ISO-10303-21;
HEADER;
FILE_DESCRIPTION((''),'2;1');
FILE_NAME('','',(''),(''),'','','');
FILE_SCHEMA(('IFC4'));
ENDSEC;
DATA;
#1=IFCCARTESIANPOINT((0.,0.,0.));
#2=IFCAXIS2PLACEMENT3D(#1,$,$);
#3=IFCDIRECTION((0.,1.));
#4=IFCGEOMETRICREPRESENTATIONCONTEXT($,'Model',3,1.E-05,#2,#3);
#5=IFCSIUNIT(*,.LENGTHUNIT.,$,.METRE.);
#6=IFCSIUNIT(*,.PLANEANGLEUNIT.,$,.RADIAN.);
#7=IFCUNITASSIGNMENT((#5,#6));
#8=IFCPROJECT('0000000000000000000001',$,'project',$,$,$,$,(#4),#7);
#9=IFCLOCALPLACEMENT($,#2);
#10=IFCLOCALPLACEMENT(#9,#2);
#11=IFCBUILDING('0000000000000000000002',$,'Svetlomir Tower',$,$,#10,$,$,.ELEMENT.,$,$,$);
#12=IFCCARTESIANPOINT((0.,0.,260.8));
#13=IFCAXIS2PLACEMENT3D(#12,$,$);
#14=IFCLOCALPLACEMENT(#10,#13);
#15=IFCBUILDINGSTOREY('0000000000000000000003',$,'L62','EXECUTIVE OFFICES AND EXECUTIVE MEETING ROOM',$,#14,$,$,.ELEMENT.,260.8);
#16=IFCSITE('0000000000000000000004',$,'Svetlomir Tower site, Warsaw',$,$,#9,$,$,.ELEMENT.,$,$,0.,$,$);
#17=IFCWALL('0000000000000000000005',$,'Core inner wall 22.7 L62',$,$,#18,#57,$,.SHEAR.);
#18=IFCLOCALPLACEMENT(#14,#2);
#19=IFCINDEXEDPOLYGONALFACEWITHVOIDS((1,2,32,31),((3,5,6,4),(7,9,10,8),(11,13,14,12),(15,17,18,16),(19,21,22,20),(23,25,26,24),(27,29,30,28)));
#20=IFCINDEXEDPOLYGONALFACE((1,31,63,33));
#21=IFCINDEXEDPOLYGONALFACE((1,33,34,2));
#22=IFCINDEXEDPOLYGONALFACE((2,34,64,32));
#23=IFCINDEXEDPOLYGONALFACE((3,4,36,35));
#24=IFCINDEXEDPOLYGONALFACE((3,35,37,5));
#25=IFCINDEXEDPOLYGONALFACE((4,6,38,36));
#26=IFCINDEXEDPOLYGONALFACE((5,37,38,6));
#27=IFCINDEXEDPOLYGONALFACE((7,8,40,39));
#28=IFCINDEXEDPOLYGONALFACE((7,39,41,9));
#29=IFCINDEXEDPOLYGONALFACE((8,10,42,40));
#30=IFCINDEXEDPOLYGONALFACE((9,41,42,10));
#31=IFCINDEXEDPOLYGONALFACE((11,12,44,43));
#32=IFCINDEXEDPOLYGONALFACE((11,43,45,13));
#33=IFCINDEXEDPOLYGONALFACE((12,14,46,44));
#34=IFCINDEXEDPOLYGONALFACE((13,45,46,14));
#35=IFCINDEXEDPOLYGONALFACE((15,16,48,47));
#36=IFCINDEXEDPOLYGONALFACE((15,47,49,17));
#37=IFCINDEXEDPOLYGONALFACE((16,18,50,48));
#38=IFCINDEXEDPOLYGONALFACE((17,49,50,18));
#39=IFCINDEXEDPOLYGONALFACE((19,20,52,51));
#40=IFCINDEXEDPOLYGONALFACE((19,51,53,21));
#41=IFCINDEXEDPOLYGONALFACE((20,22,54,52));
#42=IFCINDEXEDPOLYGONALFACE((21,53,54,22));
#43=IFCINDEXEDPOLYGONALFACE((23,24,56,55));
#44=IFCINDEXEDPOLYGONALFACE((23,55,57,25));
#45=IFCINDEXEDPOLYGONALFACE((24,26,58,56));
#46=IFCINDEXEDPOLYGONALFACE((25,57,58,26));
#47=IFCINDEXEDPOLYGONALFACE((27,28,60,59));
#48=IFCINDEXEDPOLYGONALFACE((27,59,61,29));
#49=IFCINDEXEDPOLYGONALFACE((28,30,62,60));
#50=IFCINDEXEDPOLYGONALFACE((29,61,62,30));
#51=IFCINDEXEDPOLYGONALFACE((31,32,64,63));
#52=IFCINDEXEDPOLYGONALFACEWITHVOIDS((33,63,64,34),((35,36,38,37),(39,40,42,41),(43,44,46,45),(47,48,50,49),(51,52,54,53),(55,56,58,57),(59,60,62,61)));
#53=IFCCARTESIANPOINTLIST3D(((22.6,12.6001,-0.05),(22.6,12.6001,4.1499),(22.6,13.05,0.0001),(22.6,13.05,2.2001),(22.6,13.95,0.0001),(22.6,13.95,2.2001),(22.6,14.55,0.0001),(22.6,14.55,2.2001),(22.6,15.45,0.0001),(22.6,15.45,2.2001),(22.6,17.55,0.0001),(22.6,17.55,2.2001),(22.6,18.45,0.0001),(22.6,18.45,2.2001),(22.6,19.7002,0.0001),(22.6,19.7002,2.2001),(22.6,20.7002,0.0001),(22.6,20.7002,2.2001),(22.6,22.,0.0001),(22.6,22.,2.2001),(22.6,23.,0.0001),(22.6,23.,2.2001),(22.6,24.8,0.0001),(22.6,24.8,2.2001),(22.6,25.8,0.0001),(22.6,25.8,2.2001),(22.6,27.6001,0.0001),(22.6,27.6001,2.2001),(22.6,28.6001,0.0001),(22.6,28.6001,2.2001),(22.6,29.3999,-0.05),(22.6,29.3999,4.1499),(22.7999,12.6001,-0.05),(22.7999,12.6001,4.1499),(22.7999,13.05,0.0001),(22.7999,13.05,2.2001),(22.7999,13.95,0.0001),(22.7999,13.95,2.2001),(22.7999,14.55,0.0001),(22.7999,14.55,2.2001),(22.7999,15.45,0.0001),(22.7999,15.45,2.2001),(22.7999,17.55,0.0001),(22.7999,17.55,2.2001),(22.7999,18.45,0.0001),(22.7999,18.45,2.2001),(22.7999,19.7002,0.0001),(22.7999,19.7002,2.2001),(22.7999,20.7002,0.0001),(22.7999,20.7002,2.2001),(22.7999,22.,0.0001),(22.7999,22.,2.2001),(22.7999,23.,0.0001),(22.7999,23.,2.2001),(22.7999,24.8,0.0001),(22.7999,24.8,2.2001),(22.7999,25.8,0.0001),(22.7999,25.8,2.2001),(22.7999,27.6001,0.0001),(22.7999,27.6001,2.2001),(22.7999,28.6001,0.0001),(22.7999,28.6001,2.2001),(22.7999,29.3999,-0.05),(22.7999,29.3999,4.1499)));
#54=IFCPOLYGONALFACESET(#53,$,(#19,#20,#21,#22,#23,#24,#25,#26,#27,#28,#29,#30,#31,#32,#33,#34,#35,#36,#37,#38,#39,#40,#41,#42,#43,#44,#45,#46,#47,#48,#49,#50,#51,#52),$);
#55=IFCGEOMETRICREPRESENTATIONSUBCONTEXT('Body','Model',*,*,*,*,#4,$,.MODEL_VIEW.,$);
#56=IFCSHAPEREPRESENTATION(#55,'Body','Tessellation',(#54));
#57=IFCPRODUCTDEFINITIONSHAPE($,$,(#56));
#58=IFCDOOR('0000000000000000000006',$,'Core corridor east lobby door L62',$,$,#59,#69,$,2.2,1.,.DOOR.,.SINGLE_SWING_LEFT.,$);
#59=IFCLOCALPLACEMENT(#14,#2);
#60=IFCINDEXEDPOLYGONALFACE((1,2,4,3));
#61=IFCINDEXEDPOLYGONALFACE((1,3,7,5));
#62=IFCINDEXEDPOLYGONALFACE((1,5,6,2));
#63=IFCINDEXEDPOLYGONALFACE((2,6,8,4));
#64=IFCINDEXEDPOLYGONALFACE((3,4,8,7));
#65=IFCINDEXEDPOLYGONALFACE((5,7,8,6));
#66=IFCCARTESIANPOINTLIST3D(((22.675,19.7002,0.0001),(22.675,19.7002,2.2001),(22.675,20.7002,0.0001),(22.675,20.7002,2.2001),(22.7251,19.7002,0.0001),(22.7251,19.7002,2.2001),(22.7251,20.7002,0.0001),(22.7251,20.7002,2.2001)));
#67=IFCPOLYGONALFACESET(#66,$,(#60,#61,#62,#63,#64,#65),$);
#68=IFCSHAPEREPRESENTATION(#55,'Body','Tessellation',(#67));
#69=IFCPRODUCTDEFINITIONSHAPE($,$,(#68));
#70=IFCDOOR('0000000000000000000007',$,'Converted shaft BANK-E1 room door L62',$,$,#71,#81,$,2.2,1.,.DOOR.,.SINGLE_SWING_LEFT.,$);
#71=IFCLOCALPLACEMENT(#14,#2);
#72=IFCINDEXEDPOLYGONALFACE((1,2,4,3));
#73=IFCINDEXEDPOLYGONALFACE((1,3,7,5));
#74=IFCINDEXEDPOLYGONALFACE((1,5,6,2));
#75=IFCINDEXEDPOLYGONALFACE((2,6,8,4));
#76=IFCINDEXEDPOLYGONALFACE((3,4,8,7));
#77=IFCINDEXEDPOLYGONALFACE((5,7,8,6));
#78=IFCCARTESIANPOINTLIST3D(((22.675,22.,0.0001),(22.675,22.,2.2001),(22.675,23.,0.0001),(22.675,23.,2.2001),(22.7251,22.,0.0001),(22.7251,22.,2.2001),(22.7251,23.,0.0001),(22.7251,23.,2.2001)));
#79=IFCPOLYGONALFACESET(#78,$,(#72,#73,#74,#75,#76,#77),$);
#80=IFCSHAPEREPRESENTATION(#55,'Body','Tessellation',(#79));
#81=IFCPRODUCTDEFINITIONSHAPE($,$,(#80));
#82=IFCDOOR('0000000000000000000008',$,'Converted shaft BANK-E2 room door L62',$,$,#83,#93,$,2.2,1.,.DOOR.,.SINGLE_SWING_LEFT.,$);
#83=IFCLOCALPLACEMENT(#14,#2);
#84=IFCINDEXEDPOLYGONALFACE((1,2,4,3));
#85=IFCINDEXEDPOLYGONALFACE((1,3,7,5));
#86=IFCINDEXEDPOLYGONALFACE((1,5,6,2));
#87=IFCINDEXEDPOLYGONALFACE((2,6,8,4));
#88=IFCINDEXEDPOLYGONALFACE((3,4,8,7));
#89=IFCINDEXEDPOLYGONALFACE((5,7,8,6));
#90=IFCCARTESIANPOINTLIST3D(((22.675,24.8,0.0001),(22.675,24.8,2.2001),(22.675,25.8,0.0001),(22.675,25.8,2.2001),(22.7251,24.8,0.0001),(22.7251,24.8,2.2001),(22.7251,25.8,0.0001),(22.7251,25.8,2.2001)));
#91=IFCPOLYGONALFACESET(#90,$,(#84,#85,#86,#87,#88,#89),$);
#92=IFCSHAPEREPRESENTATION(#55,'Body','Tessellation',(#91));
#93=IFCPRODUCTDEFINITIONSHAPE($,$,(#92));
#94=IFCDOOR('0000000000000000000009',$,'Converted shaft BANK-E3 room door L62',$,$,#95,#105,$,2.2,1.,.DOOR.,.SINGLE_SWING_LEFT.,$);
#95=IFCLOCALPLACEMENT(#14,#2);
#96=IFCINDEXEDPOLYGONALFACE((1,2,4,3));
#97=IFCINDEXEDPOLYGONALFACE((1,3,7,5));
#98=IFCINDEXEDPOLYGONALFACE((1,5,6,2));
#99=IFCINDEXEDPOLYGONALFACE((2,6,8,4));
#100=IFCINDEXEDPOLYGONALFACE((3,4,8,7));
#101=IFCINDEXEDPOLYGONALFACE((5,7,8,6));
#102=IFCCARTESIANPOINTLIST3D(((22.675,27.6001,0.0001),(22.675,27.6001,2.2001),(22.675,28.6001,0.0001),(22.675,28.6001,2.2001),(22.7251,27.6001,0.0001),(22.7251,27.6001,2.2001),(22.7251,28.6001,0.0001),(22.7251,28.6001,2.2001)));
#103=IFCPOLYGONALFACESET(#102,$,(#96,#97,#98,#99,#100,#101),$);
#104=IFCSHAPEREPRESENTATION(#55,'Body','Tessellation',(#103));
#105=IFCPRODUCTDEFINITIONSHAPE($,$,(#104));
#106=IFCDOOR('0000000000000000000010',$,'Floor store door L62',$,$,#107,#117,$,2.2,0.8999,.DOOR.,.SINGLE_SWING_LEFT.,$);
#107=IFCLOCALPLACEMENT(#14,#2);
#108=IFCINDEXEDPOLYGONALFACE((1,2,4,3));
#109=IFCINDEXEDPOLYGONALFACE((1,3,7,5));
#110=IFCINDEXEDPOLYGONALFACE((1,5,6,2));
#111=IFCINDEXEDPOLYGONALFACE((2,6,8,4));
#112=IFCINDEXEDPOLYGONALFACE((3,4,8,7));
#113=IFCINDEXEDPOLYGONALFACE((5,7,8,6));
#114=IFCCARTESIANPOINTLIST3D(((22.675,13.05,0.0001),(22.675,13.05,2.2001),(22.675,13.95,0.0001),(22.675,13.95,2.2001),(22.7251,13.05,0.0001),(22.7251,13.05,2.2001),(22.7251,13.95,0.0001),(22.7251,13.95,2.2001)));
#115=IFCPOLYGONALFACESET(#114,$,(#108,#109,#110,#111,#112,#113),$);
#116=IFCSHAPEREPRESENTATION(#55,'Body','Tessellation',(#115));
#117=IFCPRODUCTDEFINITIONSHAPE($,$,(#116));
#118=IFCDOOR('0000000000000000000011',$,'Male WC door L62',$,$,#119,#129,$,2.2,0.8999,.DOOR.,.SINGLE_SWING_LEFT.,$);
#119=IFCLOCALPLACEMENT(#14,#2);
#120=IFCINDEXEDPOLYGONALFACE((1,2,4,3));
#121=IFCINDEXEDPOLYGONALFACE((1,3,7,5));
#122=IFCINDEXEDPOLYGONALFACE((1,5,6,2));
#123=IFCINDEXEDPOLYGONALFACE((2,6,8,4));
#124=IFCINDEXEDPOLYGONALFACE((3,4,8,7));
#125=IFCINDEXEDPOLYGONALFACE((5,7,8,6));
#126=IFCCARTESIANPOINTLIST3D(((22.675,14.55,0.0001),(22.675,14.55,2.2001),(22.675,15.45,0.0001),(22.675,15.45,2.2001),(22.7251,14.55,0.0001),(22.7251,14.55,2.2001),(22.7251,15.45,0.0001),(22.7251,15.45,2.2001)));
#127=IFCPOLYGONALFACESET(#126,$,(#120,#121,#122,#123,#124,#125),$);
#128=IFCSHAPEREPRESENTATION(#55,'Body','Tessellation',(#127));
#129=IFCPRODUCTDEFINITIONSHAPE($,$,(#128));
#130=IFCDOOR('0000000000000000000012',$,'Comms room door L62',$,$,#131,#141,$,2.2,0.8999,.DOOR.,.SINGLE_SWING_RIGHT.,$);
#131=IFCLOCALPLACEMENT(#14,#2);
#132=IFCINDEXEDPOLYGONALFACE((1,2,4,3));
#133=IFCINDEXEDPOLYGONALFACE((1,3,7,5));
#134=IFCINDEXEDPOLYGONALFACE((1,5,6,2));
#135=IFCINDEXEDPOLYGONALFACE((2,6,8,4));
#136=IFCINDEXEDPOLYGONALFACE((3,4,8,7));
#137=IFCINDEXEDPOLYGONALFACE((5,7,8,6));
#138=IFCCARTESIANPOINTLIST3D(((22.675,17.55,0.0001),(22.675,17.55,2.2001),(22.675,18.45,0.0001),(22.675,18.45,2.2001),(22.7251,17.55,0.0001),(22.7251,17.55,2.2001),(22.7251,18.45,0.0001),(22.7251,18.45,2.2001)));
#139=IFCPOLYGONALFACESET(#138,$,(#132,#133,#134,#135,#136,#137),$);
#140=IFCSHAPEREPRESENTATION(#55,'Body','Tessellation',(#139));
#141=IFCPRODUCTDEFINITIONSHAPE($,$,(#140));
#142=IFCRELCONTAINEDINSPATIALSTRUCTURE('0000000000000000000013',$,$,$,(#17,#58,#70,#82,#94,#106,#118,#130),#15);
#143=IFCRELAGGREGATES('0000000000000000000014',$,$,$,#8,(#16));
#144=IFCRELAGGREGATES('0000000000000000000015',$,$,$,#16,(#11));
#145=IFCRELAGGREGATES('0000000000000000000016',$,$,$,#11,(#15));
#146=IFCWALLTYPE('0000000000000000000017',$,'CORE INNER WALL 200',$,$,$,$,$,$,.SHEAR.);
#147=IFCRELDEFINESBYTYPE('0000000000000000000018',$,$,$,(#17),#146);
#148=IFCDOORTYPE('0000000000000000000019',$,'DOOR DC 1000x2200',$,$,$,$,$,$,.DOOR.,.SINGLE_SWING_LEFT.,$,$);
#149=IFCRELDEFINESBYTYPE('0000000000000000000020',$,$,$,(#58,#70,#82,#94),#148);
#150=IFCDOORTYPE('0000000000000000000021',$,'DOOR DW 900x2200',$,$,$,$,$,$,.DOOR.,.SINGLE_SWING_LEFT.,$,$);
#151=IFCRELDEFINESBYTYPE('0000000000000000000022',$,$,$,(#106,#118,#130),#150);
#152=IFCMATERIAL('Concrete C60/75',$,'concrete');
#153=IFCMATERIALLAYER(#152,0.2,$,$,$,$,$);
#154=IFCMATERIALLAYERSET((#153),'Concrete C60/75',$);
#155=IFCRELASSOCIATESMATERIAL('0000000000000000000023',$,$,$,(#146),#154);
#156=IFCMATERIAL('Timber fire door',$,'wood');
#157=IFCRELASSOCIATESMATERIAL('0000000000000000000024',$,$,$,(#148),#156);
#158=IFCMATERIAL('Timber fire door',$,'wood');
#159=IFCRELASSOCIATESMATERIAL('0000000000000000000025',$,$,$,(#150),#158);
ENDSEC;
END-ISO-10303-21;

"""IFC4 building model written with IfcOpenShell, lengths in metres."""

from ifc_helpers import new_model, si_unit, direction, frame, frame_2d, origin, place, context, subcontext, project, spatial, rectangle, extrude, material, layer, layer_set, type_object, element, fill, save


model = new_model("IFC4")

# Units and contexts
model_context = context("Model", 3, precision=1e-05, world=origin(), true_north=direction((0.0, 1.0)))
body_context = subcontext(model_context, "Body", "Model", "MODEL_VIEW")
ifc_project = project(units=[si_unit("LENGTHUNIT", "METRE"), si_unit("PLANEANGLEUNIT", "RADIAN")], contexts=[model_context])

# Site, building, storey
site_placement = place(None, origin())
site = spatial("IfcSite", under=ifc_project, at=site_placement, Name="Svetlomir Tower site, Warsaw", CompositionType="ELEMENT", RefElevation=0.0)
building_placement = place(site_placement, origin())
building = spatial("IfcBuilding", under=site, at=building_placement, Name="Svetlomir Tower", CompositionType="ELEMENT")
storey_placement = place(building_placement, frame((0.0, 0.0, 260.8)))
storey = spatial("IfcBuildingStorey", under=building, at=storey_placement, Name="L62", Description="EXECUTIVE OFFICES AND EXECUTIVE MEETING ROOM", CompositionType="ELEMENT", Elevation=260.8)

# Wall, openings, doors
ifc_material_1 = material(Name="Concrete C60/75", Category="concrete")
ifc_layer_1 = layer(ifc_material_1, 0.2)
ifc_layer_set_1 = layer_set([ifc_layer_1], Name="Concrete C60/75")
wall_type = type_object("IfcWallType", Name="CORE INNER WALL 200", PredefinedType="SHEAR", material=ifc_layer_set_1)
wall_1_placement = place(storey_placement, frame((22.7, 12.6001, -0.05), z_axis=(0.0, 0.0, 1.0), x_axis=(0.0, 1.0, 0.0)))
wall_1 = element("IfcWall", 1, at=wall_1_placement, inside=storey, type_object=wall_type, Name="Core inner wall 22.7 L62", PredefinedType="SHEAR", context=body_context, shape_type="SweptSolid", body=[
    extrude(rectangle(XDim=16.7998, YDim=0.2, at=frame_2d((8.3999, 0.0))), origin(), (0.0, 0.0, 1.0), 4.2),
])
opening_1_placement = place(wall_1_placement, frame((0.45, 0.0, 0.05)))
opening_1 = element("IfcOpeningElement", 2, at=opening_1_placement, cuts=wall_1, PredefinedType="OPENING", context=body_context, shape_type="SweptSolid", body=[
    extrude(rectangle(XDim=0.8999, YDim=2.2, at=frame_2d((0.45, 1.1001))), frame((0.0, 0.1099, 0.0), z_axis=(0.0, -1.0, 0.0), x_axis=(1.0, 0.0, 0.0)), (0.0, 0.0, 1.0), 0.22),
])
opening_2_placement = place(wall_1_placement, frame((7.1001, 0.0, 0.05)))
opening_2 = element("IfcOpeningElement", 3, at=opening_2_placement, cuts=wall_1, PredefinedType="OPENING", context=body_context, shape_type="SweptSolid", body=[
    extrude(rectangle(XDim=1.0, YDim=2.2, at=frame_2d((0.5, 1.1001))), frame((0.0, 0.1099, 0.0), z_axis=(0.0, -1.0, 0.0), x_axis=(1.0, 0.0, 0.0)), (0.0, 0.0, 1.0), 0.22),
])
opening_3_placement = place(wall_1_placement, frame((1.95, 0.0, 0.05)))
opening_3 = element("IfcOpeningElement", 4, at=opening_3_placement, cuts=wall_1, PredefinedType="OPENING", context=body_context, shape_type="SweptSolid", body=[
    extrude(rectangle(XDim=0.8999, YDim=2.2, at=frame_2d((0.45, 1.1001))), frame((0.0, 0.1099, 0.0), z_axis=(0.0, -1.0, 0.0), x_axis=(1.0, 0.0, 0.0)), (0.0, 0.0, 1.0), 0.22),
])
opening_4_placement = place(wall_1_placement, frame((4.95, 0.0, 0.05)))
opening_4 = element("IfcOpeningElement", 5, at=opening_4_placement, cuts=wall_1, PredefinedType="OPENING", context=body_context, shape_type="SweptSolid", body=[
    extrude(rectangle(XDim=0.8999, YDim=2.2, at=frame_2d((0.45, 1.1001))), frame((0.0, 0.1099, 0.0), z_axis=(0.0, -1.0, 0.0), x_axis=(1.0, 0.0, 0.0)), (0.0, 0.0, 1.0), 0.22),
])
opening_5_placement = place(wall_1_placement, frame((9.3999, 0.0, 0.05)))
opening_5 = element("IfcOpeningElement", 6, at=opening_5_placement, cuts=wall_1, PredefinedType="OPENING", context=body_context, shape_type="SweptSolid", body=[
    extrude(rectangle(XDim=1.0, YDim=2.2, at=frame_2d((0.5, 1.1001))), frame((0.0, 0.1099, 0.0), z_axis=(0.0, -1.0, 0.0), x_axis=(1.0, 0.0, 0.0)), (0.0, 0.0, 1.0), 0.22),
])
opening_6_placement = place(wall_1_placement, frame((12.2, 0.0, 0.05)))
opening_6 = element("IfcOpeningElement", 7, at=opening_6_placement, cuts=wall_1, PredefinedType="OPENING", context=body_context, shape_type="SweptSolid", body=[
    extrude(rectangle(XDim=1.0, YDim=2.2, at=frame_2d((0.5, 1.1001))), frame((0.0, 0.1099, 0.0), z_axis=(0.0, -1.0, 0.0), x_axis=(1.0, 0.0, 0.0)), (0.0, 0.0, 1.0), 0.22),
])
opening_7_placement = place(wall_1_placement, frame((15.0, 0.0, 0.05)))
opening_7 = element("IfcOpeningElement", 8, at=opening_7_placement, cuts=wall_1, PredefinedType="OPENING", context=body_context, shape_type="SweptSolid", body=[
    extrude(rectangle(XDim=1.0, YDim=2.2, at=frame_2d((0.5, 1.1001))), frame((0.0, 0.1099, 0.0), z_axis=(0.0, -1.0, 0.0), x_axis=(1.0, 0.0, 0.0)), (0.0, 0.0, 1.0), 0.22),
])
ifc_material_2 = material(Name="Timber fire door", Category="wood")
door_type_1 = type_object("IfcDoorType", Name="DOOR DC 1000x2200", OperationType="SINGLE_SWING_LEFT", PredefinedType="DOOR", material=ifc_material_2)
door_1_placement = place(opening_2_placement, origin())
door_1 = element("IfcDoor", 9, at=door_1_placement, inside=storey, type_object=door_type_1, Name="Core corridor east lobby door L62", OperationType="SINGLE_SWING_LEFT", OverallHeight=2.2, OverallWidth=1.0, PredefinedType="DOOR", context=body_context, shape_type="SweptSolid", body=[
    extrude(rectangle(XDim=1.0, YDim=2.2, at=frame_2d((0.5, 1.1001))), frame((0.0, 0.0249, 0.0), z_axis=(0.0, -1.0, 0.0), x_axis=(1.0, 0.0, 0.0)), (0.0, 0.0, 1.0), 0.05),
])
fill(opening_2, door_1)
door_2_placement = place(opening_5_placement, origin())
door_2 = element("IfcDoor", 10, at=door_2_placement, inside=storey, type_object=door_type_1, Name="Converted shaft BANK-E1 room door L62", OperationType="SINGLE_SWING_LEFT", OverallHeight=2.2, OverallWidth=1.0, PredefinedType="DOOR", context=body_context, shape_type="SweptSolid", body=[
    extrude(rectangle(XDim=1.0, YDim=2.2, at=frame_2d((0.5, 1.1001))), frame((0.0, 0.0249, 0.0), z_axis=(0.0, -1.0, 0.0), x_axis=(1.0, 0.0, 0.0)), (0.0, 0.0, 1.0), 0.05),
])
fill(opening_5, door_2)
door_3_placement = place(opening_6_placement, origin())
door_3 = element("IfcDoor", 11, at=door_3_placement, inside=storey, type_object=door_type_1, Name="Converted shaft BANK-E2 room door L62", OperationType="SINGLE_SWING_LEFT", OverallHeight=2.2, OverallWidth=1.0, PredefinedType="DOOR", context=body_context, shape_type="SweptSolid", body=[
    extrude(rectangle(XDim=1.0, YDim=2.2, at=frame_2d((0.5, 1.1001))), frame((0.0, 0.0249, 0.0), z_axis=(0.0, -1.0, 0.0), x_axis=(1.0, 0.0, 0.0)), (0.0, 0.0, 1.0), 0.05),
])
fill(opening_6, door_3)
door_4_placement = place(opening_7_placement, origin())
door_4 = element("IfcDoor", 12, at=door_4_placement, inside=storey, type_object=door_type_1, Name="Converted shaft BANK-E3 room door L62", OperationType="SINGLE_SWING_LEFT", OverallHeight=2.2, OverallWidth=1.0, PredefinedType="DOOR", context=body_context, shape_type="SweptSolid", body=[
    extrude(rectangle(XDim=1.0, YDim=2.2, at=frame_2d((0.5, 1.1001))), frame((0.0, 0.0249, 0.0), z_axis=(0.0, -1.0, 0.0), x_axis=(1.0, 0.0, 0.0)), (0.0, 0.0, 1.0), 0.05),
])
fill(opening_7, door_4)
ifc_material_3 = material(Name="Timber fire door", Category="wood")
door_type_2 = type_object("IfcDoorType", Name="DOOR DW 900x2200", OperationType="SINGLE_SWING_LEFT", PredefinedType="DOOR", material=ifc_material_3)
door_5_placement = place(opening_1_placement, origin())
door_5 = element("IfcDoor", 13, at=door_5_placement, inside=storey, type_object=door_type_2, Name="Floor store door L62", OperationType="SINGLE_SWING_LEFT", OverallHeight=2.2, OverallWidth=0.8999, PredefinedType="DOOR", context=body_context, shape_type="SweptSolid", body=[
    extrude(rectangle(XDim=0.8999, YDim=2.2, at=frame_2d((0.45, 1.1001))), frame((0.0, 0.0249, 0.0), z_axis=(0.0, -1.0, 0.0), x_axis=(1.0, 0.0, 0.0)), (0.0, 0.0, 1.0), 0.05),
])
fill(opening_1, door_5)
door_6_placement = place(opening_3_placement, origin())
door_6 = element("IfcDoor", 14, at=door_6_placement, inside=storey, type_object=door_type_2, Name="Male WC door L62", OperationType="SINGLE_SWING_LEFT", OverallHeight=2.2, OverallWidth=0.8999, PredefinedType="DOOR", context=body_context, shape_type="SweptSolid", body=[
    extrude(rectangle(XDim=0.8999, YDim=2.2, at=frame_2d((0.45, 1.1001))), frame((0.0, 0.0249, 0.0), z_axis=(0.0, -1.0, 0.0), x_axis=(1.0, 0.0, 0.0)), (0.0, 0.0, 1.0), 0.05),
])
fill(opening_3, door_6)
door_7_placement = place(opening_4_placement, origin())
door_7 = element("IfcDoor", 15, at=door_7_placement, inside=storey, type_object=door_type_2, Name="Comms room door L62", OperationType="SINGLE_SWING_RIGHT", OverallHeight=2.2, OverallWidth=0.8999, PredefinedType="DOOR", context=body_context, shape_type="SweptSolid", body=[
    extrude(rectangle(XDim=0.8999, YDim=2.2, at=frame_2d((0.45, 1.1001))), frame((0.0, 0.0249, 0.0), z_axis=(0.0, -1.0, 0.0), x_axis=(1.0, 0.0, 0.0)), (0.0, 0.0, 1.0), 0.05),
])
fill(opening_4, door_7)

save(model, "model.ifc")
